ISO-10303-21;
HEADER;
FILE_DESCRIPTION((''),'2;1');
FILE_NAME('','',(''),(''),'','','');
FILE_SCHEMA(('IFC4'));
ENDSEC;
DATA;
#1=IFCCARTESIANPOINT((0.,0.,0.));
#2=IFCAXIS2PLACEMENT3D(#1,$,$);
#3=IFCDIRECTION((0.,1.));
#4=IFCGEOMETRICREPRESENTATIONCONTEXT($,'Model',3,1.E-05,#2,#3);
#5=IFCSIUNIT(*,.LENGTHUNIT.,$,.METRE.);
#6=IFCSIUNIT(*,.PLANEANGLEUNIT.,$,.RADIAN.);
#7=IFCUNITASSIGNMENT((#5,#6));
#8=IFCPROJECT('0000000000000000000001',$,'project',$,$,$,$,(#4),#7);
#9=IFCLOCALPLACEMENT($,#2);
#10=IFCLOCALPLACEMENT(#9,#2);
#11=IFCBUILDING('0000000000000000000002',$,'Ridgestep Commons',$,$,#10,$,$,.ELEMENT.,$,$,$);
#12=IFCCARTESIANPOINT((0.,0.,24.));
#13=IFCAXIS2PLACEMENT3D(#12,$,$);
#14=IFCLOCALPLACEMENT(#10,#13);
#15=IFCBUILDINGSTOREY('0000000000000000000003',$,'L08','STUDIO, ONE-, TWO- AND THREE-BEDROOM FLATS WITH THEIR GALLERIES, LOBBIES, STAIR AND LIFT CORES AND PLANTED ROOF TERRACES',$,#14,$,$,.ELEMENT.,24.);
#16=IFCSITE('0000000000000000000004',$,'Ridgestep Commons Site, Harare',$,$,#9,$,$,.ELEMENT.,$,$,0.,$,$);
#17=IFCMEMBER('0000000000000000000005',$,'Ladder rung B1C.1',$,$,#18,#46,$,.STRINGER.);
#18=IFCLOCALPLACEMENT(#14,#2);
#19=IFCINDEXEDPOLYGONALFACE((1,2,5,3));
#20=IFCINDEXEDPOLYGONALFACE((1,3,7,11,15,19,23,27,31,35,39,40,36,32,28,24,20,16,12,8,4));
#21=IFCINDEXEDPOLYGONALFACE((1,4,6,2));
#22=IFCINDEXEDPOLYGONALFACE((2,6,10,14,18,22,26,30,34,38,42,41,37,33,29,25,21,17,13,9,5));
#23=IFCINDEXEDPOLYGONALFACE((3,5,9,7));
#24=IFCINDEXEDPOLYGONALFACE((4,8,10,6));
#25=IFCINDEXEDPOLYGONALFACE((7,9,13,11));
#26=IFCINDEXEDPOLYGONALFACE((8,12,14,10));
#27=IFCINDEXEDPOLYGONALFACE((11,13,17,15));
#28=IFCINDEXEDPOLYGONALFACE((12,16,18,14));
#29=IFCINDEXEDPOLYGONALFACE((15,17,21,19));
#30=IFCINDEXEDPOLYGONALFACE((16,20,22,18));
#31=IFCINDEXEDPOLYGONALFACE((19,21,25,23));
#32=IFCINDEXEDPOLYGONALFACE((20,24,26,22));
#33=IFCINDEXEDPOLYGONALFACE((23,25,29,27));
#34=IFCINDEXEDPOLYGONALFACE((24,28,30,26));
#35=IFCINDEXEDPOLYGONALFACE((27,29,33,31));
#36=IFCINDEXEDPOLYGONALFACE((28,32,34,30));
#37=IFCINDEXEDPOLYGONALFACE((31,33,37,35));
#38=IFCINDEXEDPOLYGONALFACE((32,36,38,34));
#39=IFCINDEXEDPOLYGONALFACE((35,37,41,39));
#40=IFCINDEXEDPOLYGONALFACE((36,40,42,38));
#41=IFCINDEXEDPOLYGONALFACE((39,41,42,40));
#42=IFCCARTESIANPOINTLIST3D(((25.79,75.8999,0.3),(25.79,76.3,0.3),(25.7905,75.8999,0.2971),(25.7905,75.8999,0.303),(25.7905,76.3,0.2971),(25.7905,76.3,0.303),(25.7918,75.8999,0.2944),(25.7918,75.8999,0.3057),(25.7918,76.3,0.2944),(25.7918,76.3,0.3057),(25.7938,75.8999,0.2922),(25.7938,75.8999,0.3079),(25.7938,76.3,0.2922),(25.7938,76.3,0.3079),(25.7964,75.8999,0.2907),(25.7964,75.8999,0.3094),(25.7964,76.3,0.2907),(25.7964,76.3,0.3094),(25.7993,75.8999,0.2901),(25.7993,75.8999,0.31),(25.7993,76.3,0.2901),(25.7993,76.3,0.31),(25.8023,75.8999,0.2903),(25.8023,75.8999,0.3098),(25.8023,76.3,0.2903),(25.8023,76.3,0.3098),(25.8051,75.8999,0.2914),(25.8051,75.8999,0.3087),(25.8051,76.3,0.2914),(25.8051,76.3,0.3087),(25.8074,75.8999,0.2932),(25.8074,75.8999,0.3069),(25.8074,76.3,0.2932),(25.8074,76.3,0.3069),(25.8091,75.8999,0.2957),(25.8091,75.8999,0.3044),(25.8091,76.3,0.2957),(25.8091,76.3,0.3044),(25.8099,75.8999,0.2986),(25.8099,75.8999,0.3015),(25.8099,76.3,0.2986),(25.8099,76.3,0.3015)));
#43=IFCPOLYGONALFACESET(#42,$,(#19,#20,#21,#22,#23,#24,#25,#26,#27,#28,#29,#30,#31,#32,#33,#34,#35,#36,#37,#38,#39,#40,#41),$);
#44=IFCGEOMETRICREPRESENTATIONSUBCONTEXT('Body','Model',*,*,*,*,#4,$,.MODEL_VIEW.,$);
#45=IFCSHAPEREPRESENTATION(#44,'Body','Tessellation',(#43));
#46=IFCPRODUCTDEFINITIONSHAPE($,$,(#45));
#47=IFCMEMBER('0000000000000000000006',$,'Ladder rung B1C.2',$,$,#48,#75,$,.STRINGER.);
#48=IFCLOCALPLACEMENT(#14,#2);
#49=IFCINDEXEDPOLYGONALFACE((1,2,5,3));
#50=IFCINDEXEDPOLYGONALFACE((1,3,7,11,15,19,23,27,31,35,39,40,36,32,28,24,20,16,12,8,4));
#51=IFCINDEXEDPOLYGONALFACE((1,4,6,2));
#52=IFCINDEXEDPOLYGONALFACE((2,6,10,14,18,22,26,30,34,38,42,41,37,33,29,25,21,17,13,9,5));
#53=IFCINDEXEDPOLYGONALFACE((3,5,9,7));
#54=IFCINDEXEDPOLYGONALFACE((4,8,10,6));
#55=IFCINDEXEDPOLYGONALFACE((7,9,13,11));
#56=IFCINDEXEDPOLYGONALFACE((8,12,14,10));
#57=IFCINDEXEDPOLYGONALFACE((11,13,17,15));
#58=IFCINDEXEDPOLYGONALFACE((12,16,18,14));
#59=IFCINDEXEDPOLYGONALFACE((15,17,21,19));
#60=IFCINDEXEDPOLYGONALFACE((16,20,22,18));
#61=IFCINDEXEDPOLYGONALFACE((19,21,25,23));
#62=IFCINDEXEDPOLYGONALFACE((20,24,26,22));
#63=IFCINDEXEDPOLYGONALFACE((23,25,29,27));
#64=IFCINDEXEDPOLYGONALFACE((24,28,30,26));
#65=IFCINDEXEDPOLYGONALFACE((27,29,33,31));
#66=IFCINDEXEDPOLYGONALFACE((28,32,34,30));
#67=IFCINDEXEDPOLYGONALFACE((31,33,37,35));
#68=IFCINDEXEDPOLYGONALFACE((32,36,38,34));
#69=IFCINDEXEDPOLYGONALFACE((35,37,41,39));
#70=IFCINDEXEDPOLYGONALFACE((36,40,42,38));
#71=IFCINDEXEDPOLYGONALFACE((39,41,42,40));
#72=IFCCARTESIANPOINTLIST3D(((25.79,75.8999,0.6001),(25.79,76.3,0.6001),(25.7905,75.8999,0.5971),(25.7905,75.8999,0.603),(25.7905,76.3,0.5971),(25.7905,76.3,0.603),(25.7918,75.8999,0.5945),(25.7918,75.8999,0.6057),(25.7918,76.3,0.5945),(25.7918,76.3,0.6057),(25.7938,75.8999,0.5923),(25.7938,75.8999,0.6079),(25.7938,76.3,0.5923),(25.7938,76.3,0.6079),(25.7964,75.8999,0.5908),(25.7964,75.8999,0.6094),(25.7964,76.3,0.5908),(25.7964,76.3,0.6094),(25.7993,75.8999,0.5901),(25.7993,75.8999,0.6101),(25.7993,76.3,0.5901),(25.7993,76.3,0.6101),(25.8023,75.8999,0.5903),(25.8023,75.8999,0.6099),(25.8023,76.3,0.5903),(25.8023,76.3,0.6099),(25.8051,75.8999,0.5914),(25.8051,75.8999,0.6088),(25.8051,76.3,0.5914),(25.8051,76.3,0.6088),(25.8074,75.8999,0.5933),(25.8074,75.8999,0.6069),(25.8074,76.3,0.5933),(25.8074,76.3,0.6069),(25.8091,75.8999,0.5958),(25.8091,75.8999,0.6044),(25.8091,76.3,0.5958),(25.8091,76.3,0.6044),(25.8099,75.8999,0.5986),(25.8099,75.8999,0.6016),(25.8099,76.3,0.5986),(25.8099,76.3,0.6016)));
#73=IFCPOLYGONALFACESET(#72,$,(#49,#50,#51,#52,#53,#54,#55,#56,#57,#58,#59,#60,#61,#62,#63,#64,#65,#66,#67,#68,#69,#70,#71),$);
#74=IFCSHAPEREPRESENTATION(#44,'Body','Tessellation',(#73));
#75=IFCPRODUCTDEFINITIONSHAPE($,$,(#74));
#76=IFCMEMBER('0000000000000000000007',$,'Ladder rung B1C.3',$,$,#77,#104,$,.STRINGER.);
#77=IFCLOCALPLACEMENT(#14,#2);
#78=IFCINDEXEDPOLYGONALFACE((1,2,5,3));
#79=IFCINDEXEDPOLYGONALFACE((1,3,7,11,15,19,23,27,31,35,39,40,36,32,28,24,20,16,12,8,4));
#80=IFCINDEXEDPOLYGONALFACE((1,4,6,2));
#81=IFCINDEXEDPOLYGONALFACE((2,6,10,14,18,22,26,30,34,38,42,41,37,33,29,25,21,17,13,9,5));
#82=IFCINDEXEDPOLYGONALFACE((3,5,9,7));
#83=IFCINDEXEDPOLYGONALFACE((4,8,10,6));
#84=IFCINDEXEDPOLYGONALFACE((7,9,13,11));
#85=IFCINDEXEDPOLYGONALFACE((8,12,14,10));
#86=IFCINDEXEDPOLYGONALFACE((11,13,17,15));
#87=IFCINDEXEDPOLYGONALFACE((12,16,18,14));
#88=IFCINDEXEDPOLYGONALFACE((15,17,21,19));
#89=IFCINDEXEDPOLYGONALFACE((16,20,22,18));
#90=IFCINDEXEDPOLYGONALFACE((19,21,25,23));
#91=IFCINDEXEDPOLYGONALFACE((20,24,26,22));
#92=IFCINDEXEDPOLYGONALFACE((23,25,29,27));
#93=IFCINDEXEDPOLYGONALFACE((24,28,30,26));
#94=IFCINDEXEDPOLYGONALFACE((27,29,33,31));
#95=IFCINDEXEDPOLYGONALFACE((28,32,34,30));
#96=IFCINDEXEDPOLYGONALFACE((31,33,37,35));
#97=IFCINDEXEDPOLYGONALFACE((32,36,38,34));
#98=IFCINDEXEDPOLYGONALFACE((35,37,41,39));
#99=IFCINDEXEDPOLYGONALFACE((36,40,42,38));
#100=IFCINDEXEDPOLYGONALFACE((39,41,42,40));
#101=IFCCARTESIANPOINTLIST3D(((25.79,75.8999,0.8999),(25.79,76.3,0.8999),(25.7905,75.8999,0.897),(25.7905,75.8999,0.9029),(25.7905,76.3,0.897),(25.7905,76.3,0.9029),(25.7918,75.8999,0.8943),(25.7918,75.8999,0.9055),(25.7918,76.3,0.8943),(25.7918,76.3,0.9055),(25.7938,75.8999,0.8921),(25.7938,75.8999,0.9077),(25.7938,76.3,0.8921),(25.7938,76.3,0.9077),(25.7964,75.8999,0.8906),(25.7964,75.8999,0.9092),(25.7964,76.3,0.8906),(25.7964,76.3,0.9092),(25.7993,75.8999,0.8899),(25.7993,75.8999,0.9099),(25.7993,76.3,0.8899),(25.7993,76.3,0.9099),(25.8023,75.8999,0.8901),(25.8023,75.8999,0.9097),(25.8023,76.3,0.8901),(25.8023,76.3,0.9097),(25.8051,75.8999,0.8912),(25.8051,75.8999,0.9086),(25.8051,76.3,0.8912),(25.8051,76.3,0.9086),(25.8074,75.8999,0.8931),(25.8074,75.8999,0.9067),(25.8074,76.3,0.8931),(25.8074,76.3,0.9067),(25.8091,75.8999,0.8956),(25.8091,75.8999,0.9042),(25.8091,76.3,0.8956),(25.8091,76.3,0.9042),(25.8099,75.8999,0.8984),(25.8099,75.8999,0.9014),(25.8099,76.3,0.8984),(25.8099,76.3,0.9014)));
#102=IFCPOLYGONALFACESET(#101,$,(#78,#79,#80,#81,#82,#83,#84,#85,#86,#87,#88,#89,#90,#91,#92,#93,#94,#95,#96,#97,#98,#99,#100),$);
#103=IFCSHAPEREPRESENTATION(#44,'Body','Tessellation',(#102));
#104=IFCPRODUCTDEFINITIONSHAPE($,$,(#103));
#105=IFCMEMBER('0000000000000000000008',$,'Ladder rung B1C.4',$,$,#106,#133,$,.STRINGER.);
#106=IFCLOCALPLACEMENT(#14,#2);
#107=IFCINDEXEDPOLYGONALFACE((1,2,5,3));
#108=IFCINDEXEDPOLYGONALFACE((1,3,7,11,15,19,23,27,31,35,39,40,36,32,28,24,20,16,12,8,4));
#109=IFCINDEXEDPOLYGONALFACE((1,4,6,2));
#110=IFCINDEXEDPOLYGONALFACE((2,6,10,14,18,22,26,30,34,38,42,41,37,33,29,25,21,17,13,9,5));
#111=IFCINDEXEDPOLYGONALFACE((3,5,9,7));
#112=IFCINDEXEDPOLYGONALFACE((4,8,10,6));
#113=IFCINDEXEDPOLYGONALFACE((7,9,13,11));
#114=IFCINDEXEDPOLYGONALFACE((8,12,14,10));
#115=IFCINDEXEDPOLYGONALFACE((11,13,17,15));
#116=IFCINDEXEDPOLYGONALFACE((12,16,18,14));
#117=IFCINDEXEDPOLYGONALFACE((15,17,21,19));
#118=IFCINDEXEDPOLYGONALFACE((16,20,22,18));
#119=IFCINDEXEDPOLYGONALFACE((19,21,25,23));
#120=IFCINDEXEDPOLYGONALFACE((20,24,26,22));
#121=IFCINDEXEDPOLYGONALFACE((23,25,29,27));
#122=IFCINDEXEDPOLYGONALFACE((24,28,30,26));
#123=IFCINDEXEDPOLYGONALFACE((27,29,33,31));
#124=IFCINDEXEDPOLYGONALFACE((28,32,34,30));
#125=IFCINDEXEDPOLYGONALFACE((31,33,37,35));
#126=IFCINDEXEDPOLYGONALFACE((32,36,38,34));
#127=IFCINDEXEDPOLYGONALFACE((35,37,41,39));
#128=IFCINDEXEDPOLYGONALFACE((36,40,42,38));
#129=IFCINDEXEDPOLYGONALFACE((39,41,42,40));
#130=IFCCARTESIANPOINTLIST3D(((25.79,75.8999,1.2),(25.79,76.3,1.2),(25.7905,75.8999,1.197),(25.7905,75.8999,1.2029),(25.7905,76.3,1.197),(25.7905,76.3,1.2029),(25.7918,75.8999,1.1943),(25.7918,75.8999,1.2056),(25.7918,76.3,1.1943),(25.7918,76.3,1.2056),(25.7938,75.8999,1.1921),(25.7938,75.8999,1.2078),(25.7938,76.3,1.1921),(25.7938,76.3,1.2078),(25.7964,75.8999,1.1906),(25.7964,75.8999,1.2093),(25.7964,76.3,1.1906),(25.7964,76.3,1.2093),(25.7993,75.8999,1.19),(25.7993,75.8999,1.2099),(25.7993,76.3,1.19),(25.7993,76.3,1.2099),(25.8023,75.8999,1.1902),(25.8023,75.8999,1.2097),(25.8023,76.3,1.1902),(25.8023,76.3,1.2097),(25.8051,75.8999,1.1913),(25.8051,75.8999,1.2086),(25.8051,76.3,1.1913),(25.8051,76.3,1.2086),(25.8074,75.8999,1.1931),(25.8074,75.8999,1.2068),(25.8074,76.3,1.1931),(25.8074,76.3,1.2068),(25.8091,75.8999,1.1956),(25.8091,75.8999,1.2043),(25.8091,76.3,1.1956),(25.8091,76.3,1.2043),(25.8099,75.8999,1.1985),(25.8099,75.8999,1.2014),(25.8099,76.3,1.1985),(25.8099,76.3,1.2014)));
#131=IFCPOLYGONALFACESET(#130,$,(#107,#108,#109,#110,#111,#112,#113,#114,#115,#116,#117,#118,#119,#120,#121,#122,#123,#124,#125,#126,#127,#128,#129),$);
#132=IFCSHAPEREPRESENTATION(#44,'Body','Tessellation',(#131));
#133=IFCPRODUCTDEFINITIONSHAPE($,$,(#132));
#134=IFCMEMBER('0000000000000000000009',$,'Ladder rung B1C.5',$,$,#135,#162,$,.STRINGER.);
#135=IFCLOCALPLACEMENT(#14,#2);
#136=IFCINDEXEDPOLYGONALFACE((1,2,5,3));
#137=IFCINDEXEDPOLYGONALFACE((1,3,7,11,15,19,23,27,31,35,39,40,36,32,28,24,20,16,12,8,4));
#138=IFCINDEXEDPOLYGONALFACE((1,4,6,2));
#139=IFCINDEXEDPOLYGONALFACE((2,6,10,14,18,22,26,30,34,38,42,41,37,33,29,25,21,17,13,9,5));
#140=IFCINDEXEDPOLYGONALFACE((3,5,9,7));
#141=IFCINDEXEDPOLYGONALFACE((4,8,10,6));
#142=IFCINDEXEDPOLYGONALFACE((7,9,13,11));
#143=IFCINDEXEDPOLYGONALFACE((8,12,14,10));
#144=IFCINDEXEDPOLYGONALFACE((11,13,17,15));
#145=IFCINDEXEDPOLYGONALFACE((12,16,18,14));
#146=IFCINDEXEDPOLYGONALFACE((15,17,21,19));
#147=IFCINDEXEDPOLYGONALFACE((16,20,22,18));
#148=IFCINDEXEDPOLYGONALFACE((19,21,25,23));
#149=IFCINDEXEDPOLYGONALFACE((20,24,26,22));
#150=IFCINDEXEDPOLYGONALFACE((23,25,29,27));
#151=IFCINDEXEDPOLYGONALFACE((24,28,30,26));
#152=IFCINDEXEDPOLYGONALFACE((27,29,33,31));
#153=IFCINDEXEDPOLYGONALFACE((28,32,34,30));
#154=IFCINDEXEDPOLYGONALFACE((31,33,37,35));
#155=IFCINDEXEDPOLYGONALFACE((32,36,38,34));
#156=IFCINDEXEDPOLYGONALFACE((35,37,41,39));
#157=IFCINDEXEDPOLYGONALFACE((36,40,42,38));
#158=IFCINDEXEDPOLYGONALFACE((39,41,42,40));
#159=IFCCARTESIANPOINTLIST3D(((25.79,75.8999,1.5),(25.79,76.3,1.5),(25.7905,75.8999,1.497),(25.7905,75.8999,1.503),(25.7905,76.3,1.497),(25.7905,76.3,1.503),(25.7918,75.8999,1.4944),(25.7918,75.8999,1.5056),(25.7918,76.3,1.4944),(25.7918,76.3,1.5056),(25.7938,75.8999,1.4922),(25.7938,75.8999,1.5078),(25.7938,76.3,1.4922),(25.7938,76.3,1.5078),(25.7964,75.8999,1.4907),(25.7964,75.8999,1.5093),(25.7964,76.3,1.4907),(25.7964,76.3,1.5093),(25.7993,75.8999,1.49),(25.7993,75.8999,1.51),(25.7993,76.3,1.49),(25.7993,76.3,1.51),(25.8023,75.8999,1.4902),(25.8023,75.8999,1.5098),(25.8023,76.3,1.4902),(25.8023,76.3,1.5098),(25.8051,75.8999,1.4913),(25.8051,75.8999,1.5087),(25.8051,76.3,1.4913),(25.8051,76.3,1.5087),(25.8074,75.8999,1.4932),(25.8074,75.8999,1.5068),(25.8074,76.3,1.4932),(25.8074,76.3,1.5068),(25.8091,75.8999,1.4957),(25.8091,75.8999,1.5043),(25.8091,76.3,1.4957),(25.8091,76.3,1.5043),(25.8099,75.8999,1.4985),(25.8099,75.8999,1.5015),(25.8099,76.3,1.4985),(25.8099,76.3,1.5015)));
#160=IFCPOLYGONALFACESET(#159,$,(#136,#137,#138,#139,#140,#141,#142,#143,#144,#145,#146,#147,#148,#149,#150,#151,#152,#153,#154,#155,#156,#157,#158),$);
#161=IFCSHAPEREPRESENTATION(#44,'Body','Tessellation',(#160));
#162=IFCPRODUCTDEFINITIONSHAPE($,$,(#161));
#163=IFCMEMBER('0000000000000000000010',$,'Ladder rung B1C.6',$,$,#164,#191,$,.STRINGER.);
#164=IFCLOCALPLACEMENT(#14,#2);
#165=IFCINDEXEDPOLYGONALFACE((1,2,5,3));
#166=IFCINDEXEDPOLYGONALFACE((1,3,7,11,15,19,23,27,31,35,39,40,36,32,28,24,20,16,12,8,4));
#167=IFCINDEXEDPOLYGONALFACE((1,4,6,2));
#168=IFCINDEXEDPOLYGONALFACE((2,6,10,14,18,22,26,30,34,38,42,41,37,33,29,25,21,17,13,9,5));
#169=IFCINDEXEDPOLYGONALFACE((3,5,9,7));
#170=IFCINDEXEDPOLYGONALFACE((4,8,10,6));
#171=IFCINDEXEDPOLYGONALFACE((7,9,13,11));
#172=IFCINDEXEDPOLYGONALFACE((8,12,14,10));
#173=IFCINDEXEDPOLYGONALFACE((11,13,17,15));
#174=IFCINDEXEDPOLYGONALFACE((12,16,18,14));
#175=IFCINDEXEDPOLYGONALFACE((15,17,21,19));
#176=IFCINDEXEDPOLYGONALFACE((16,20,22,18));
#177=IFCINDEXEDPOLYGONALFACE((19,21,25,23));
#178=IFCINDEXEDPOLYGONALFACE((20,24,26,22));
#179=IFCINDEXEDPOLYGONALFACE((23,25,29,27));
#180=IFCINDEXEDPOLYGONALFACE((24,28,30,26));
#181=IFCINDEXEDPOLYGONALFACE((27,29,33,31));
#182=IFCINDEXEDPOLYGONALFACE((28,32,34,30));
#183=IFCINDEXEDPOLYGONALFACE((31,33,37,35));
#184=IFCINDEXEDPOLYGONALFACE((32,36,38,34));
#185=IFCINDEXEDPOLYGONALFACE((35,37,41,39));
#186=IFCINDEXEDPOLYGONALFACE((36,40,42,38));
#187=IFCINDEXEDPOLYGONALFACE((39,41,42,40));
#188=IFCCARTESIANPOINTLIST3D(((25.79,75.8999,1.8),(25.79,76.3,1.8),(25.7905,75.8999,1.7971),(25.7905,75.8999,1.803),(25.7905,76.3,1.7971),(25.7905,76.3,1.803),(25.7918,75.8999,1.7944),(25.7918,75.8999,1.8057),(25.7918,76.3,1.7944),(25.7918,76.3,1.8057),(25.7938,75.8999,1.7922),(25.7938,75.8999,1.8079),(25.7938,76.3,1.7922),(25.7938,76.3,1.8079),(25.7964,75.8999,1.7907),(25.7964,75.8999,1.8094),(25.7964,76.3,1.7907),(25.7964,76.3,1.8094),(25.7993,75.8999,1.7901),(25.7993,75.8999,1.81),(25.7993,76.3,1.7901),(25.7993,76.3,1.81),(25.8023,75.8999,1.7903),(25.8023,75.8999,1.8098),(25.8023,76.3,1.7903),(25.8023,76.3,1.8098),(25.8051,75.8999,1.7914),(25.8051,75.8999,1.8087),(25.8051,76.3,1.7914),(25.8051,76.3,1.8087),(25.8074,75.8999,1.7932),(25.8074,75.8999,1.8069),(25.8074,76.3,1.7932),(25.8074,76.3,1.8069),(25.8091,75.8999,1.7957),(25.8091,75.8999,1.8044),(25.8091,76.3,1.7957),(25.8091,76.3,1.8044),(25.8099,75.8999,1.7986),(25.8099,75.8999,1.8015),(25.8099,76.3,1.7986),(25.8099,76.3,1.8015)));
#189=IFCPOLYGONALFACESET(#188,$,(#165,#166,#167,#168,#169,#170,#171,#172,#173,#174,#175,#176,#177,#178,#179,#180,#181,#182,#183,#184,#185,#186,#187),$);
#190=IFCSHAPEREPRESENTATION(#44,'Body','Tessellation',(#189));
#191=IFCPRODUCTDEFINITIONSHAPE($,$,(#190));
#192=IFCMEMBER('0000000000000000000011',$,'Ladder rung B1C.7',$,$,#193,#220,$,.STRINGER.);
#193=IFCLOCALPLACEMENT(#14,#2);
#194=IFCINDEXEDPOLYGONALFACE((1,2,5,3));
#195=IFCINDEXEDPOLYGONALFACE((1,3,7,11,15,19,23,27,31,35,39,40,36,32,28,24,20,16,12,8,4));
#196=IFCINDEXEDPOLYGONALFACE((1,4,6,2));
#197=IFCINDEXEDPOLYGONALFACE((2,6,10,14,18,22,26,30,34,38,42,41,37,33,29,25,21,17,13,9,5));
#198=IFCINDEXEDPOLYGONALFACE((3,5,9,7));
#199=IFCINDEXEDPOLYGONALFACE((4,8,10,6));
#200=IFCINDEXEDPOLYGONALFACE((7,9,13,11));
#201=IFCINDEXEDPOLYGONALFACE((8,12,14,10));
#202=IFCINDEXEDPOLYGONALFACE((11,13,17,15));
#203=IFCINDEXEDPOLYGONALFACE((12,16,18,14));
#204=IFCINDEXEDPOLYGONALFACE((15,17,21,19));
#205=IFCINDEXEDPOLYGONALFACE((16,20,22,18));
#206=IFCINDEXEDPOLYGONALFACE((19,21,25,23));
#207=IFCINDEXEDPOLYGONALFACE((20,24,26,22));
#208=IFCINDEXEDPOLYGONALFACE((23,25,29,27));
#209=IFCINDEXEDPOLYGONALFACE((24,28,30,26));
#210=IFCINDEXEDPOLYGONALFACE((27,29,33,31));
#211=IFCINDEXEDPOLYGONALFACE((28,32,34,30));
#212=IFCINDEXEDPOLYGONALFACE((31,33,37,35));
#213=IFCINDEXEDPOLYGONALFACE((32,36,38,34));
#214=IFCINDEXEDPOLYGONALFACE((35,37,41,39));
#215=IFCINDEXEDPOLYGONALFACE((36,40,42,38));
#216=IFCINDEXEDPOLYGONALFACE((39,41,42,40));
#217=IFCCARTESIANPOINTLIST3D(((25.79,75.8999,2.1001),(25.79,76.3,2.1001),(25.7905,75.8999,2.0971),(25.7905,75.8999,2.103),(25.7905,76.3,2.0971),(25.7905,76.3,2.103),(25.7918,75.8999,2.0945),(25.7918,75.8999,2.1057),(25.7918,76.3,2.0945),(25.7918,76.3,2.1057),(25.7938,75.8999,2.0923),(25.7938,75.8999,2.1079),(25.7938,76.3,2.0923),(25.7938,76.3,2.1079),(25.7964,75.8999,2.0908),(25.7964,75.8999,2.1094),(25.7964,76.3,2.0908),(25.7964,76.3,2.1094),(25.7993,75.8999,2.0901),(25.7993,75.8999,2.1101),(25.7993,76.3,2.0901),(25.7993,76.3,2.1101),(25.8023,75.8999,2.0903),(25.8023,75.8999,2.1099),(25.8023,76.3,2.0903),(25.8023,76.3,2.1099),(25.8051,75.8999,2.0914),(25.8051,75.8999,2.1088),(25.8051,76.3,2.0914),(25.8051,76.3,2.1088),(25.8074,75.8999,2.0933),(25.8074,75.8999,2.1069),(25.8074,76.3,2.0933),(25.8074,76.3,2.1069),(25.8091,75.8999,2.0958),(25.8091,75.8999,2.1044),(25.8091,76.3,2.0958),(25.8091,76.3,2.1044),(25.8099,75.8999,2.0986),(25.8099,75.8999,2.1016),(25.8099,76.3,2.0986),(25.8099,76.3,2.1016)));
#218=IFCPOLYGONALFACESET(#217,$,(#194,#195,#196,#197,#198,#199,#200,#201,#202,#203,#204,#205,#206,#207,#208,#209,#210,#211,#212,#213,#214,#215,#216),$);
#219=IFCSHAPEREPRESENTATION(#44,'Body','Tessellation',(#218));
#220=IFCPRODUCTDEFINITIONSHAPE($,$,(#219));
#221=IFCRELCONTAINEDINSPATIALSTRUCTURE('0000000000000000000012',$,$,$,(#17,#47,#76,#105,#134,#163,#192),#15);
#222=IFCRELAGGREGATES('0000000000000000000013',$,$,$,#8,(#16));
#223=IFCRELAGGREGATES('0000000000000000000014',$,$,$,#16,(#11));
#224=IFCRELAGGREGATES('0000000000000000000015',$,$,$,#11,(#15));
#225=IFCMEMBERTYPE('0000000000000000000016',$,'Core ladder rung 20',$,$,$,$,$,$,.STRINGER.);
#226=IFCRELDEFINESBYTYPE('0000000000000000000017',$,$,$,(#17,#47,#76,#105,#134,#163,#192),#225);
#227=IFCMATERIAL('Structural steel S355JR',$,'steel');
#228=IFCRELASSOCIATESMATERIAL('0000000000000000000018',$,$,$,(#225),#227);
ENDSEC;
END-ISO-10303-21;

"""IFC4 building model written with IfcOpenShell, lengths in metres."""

from ifc_helpers import new_model, si_unit, direction, frame, origin, origin_2d, place, context, subcontext, project, spatial, circle, extrude, material, material_profile, profile_set, type_object, element, save


model = new_model("IFC4")

# Units and contexts
model_context = context("Model", 3, precision=1e-05, world=origin(), true_north=direction((0.0, 1.0)))
body_context = subcontext(model_context, "Body", "Model", "MODEL_VIEW")
ifc_project = project(units=[si_unit("LENGTHUNIT", "METRE"), si_unit("PLANEANGLEUNIT", "RADIAN")], contexts=[model_context])

# Site, building, storey
site_placement = place(None, origin())
site = spatial("IfcSite", under=ifc_project, at=site_placement, Name="Ridgestep Commons Site, Harare", CompositionType="ELEMENT", RefElevation=0.0)
building_placement = place(site_placement, origin())
building = spatial("IfcBuilding", under=site, at=building_placement, Name="Ridgestep Commons", CompositionType="ELEMENT")
storey_placement = place(building_placement, frame((0.0, 0.0, 24.0)))
storey = spatial("IfcBuildingStorey", under=building, at=storey_placement, Name="L08", Description="STUDIO, ONE-, TWO- AND THREE-BEDROOM FLATS WITH THEIR GALLERIES, LOBBIES, STAIR AND LIFT CORES AND PLANTED ROOF TERRACES", CompositionType="ELEMENT", Elevation=24.0)

# Members
ifc_material_1 = material(Name="Structural steel S355JR", Category="steel")
ifc_material_profile_1 = material_profile(ifc_material_1, circle(Radius=0.01, at=origin_2d()), Name="Round bar 20")
ifc_profile_set_1 = profile_set([ifc_material_profile_1], Name="Structural steel S355JR")
member_type_1 = type_object("IfcMemberType", Name="Core ladder rung 20", PredefinedType="STRINGER", material=ifc_profile_set_1)
for number, where, z_axis, x_axis, name in (
    (1, (25.8, 75.8999, 0.3), (0.0, 1.0, 0.0), (-1.0, 0.0, 0.0), "Ladder rung B1C.1"),
    (2, (25.8, 75.8999, 0.6001), (0.0, 1.0, 0.0), (-1.0, 0.0, 0.0), "Ladder rung B1C.2"),
    (3, (25.8, 75.8999, 0.8999), (0.0, 1.0, 0.0), (-1.0, 0.0, 0.0), "Ladder rung B1C.3"),
    (4, (25.8, 75.8999, 1.2), (0.0, 1.0, 0.0), (-1.0, 0.0, 0.0), "Ladder rung B1C.4"),
    (5, (25.8, 75.8999, 1.5), (0.0, 1.0, 0.0), (-1.0, 0.0, 0.0), "Ladder rung B1C.5"),
    (6, (25.8, 75.8999, 1.8), (0.0, 1.0, 0.0), (-1.0, 0.0, 0.0), "Ladder rung B1C.6"),
    (7, (25.8, 75.8999, 2.1001), (0.0, 1.0, 0.0), (-1.0, 0.0, 0.0), "Ladder rung B1C.7"),
):
    element("IfcMember", number, at=place(storey_placement, frame(where, z_axis=z_axis, x_axis=x_axis)), inside=storey, type_object=member_type_1, Name=name, PredefinedType="STRINGER", context=body_context, shape_type="SweptSolid", body=[
        extrude(circle(Radius=0.01, at=origin_2d()), origin(), (0.0, 0.0, 1.0), 0.4001),
    ])

save(model, "model.ifc")
